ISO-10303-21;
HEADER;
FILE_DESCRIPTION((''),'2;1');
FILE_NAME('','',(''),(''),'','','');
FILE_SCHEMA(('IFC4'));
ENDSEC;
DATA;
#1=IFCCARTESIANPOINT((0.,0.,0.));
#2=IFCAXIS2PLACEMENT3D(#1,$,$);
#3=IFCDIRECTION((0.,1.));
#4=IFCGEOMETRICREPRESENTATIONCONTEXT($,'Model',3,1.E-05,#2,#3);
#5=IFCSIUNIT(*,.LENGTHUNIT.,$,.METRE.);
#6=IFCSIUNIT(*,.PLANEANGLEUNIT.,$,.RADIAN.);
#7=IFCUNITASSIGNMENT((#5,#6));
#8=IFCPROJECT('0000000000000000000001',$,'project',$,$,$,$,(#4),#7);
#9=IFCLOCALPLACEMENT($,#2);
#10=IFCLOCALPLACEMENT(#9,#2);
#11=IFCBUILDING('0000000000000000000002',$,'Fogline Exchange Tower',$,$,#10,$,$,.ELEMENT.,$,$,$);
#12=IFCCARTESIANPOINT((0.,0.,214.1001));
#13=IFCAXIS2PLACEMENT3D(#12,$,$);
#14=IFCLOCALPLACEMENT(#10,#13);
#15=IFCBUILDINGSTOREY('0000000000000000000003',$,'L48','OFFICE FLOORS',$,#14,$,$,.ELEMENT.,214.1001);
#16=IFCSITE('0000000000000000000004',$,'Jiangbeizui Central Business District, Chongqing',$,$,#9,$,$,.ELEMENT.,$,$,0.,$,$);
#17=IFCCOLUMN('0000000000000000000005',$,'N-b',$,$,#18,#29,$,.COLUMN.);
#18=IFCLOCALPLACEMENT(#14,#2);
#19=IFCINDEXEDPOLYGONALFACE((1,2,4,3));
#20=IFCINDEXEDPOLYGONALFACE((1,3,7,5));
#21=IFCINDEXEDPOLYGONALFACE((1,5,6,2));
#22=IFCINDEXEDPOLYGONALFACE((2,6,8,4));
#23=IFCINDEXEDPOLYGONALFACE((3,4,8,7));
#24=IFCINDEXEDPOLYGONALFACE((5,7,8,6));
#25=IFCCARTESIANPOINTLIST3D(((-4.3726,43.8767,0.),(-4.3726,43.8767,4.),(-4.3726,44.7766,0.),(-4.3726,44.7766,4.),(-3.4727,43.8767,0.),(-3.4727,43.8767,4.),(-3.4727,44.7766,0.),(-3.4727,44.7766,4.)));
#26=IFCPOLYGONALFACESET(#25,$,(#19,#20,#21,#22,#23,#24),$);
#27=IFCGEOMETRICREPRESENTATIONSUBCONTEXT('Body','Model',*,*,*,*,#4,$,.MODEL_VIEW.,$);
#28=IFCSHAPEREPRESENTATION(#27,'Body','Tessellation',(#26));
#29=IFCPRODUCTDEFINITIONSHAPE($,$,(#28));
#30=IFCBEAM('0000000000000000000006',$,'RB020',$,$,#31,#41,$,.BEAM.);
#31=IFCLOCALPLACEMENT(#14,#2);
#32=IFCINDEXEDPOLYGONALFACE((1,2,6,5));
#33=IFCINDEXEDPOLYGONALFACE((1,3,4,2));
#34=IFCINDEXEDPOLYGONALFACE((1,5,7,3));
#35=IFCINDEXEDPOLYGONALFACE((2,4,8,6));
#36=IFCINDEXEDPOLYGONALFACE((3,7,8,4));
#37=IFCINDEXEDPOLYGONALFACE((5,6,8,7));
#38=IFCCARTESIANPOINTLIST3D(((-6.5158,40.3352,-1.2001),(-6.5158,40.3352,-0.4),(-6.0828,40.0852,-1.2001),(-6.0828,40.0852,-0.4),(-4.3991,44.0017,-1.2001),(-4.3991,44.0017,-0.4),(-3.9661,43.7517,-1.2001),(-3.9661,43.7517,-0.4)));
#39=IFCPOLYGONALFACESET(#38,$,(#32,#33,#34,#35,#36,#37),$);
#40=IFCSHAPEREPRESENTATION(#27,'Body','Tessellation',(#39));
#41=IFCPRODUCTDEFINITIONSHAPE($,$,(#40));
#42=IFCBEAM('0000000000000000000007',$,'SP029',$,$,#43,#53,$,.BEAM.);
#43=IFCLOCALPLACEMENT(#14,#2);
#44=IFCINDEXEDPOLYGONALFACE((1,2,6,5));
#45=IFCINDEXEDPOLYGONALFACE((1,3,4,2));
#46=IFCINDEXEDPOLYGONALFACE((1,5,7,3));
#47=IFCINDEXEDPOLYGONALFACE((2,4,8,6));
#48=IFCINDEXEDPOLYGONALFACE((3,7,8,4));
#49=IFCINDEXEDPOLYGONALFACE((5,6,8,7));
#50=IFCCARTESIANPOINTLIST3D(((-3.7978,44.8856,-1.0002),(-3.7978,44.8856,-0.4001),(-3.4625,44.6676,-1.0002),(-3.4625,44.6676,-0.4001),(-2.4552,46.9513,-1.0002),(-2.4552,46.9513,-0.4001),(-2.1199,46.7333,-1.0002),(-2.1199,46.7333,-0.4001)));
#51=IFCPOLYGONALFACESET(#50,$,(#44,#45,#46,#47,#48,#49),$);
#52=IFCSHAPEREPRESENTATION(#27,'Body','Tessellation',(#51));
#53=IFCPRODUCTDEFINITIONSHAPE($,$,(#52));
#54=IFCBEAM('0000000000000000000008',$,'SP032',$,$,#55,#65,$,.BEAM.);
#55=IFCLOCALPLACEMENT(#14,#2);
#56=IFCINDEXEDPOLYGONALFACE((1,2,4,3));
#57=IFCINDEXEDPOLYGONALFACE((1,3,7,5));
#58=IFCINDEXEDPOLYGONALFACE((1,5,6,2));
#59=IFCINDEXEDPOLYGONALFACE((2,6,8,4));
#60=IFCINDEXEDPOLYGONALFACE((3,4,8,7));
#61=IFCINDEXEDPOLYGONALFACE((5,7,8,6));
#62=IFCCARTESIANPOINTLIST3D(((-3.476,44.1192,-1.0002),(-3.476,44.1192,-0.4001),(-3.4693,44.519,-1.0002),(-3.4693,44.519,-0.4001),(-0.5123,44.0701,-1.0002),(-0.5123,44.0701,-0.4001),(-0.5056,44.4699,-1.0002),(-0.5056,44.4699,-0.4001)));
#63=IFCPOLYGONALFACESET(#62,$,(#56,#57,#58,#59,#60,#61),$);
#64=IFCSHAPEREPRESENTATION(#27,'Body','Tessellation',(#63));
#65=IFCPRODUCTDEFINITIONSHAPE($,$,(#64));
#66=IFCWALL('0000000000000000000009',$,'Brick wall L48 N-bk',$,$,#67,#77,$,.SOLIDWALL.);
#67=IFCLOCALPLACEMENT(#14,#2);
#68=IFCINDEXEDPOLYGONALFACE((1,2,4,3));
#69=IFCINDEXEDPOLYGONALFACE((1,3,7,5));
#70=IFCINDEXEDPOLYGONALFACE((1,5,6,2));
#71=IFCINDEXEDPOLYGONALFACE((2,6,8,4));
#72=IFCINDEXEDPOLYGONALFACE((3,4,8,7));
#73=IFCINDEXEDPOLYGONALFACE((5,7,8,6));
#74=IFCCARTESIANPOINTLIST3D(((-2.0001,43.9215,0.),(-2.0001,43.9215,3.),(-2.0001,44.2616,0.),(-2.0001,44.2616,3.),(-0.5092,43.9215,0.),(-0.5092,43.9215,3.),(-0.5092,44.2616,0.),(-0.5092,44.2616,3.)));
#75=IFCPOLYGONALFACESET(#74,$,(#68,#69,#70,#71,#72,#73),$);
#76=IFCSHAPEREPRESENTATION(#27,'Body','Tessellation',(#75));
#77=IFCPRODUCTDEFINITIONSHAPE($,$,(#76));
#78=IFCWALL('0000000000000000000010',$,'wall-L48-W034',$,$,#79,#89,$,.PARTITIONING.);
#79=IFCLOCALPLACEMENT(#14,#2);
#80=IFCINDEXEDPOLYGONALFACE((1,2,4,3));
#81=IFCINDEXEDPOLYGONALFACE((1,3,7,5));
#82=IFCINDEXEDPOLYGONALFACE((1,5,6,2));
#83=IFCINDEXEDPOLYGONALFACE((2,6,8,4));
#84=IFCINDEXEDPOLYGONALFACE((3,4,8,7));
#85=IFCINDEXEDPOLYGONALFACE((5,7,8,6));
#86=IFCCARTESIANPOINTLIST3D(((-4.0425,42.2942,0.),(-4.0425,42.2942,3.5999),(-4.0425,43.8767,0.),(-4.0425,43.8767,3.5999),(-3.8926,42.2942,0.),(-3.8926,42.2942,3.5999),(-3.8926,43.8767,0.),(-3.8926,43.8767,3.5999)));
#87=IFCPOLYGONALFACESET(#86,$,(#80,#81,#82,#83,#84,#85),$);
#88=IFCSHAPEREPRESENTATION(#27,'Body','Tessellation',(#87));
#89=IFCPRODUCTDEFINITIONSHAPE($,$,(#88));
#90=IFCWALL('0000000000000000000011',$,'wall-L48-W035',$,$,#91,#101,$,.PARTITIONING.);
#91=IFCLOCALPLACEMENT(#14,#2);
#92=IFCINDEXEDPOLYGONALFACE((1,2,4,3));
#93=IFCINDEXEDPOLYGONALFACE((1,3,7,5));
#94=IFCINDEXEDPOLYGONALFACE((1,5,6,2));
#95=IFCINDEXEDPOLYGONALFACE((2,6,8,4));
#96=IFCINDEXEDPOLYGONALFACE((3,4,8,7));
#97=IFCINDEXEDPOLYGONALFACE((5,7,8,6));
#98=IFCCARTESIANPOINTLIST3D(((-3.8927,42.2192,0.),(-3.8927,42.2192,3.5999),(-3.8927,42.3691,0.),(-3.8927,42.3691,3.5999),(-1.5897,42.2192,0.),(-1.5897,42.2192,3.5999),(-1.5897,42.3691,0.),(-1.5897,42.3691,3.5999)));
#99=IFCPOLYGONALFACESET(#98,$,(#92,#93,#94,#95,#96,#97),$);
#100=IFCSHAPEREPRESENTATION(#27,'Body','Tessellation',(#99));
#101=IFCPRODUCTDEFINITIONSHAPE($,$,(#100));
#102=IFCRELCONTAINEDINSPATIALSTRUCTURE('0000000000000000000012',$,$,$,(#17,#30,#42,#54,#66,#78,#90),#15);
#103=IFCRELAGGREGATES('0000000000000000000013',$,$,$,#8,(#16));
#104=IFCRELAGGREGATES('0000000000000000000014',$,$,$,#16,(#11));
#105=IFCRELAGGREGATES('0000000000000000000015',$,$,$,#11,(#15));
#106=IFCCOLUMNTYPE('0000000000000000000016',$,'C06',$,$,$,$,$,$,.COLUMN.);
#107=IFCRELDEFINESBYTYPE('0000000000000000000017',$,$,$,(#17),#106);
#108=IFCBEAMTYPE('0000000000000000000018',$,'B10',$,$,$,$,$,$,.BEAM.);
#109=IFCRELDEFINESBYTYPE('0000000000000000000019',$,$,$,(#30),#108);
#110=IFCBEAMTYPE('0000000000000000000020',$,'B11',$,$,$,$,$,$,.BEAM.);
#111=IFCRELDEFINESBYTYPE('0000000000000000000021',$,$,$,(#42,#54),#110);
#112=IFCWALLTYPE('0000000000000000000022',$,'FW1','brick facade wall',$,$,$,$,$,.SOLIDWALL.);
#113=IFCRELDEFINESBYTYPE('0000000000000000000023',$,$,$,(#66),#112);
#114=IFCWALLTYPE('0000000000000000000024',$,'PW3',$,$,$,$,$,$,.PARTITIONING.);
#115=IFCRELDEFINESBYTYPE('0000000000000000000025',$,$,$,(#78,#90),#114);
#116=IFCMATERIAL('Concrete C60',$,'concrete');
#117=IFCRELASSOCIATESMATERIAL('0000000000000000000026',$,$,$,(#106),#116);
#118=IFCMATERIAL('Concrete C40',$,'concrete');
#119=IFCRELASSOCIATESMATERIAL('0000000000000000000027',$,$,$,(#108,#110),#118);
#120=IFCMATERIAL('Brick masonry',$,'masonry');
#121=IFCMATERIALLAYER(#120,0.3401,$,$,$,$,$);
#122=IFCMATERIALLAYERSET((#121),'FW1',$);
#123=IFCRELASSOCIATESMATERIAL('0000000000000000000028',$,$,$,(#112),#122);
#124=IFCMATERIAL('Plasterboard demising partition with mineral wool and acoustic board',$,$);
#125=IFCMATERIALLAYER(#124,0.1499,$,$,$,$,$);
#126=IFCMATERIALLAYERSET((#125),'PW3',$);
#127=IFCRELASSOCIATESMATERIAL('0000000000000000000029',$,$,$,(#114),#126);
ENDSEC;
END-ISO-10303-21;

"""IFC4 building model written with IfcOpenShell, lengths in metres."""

from ifc_helpers import new_model, si_unit, direction, frame, frame_2d, origin, origin_2d, place, context, subcontext, project, spatial, rectangle, extrude, material, layer, layer_set, material_profile, profile_set, type_object, element, save


model = new_model("IFC4")

# Units and contexts
model_context = context("Model", 3, precision=1e-05, world=origin(), true_north=direction((0.0, 1.0)))
body_context = subcontext(model_context, "Body", "Model", "MODEL_VIEW")
ifc_project = project(units=[si_unit("LENGTHUNIT", "METRE"), si_unit("PLANEANGLEUNIT", "RADIAN")], contexts=[model_context])

# Site, building, storey
site_placement = place(None, origin())
site = spatial("IfcSite", under=ifc_project, at=site_placement, Name="Jiangbeizui Central Business District, Chongqing", CompositionType="ELEMENT", RefElevation=0.0)
building_placement = place(site_placement, origin())
building = spatial("IfcBuilding", under=site, at=building_placement, Name="Fogline Exchange Tower", CompositionType="ELEMENT")
storey_placement = place(building_placement, frame((0.0, 0.0, 214.1001)))
storey = spatial("IfcBuildingStorey", under=building, at=storey_placement, Name="L48", Description="OFFICE FLOORS", CompositionType="ELEMENT", Elevation=214.1001)

# Column
ifc_material_1 = material(Name="Concrete C60", Category="concrete")
ifc_material_profile_1 = material_profile(ifc_material_1, rectangle(XDim=0.8999, YDim=0.8999, at=origin_2d()), Name="RC 900x900")
ifc_profile_set_1 = profile_set([ifc_material_profile_1], Name="Concrete C60")
column_type = type_object("IfcColumnType", Name="C06", PredefinedType="COLUMN", material=ifc_profile_set_1)
column_placement = place(storey_placement, frame((-3.9226, 44.3267, 0.0), z_axis=(0.0, 0.0, 1.0), x_axis=(1.0, 0.0, 0.0)))
element("IfcColumn", 1, at=column_placement, inside=storey, type_object=column_type, Name="N-b", PredefinedType="COLUMN", context=body_context, shape_type="SweptSolid", body=[
    extrude(rectangle(XDim=0.8999, YDim=0.8999, at=origin_2d()), origin(), (0.0, 0.0, 1.0), 4.0),
])

# Beams
ifc_material_2 = material(Name="Concrete C40", Category="concrete")
ifc_material_profile_2 = material_profile(ifc_material_2, rectangle(XDim=0.5, YDim=0.8, at=origin_2d()), Name="RC 500x800")
ifc_profile_set_2 = profile_set([ifc_material_profile_2], Name="Concrete C40")
beam_type_1 = type_object("IfcBeamType", Name="B10", PredefinedType="BEAM", material=ifc_profile_set_2)
beam_1_placement = place(storey_placement, frame((-4.1826, 43.8767, -0.8), z_axis=(-0.499972, -0.866042, 0.0), x_axis=(0.866042, -0.499972, 0.0)))
element("IfcBeam", 2, at=beam_1_placement, inside=storey, type_object=beam_type_1, Name="RB020", PredefinedType="BEAM", context=body_context, shape_type="SweptSolid", body=[
    extrude(rectangle(XDim=0.5, YDim=0.8, at=origin_2d()), origin(), (0.0, 0.0, 1.0), 4.2336),
])
ifc_material_profile_3 = material_profile(ifc_material_2, rectangle(XDim=0.3999, YDim=0.6001, at=origin_2d()), Name="RC 400x600")
ifc_profile_set_3 = profile_set([ifc_material_profile_3], Name="Concrete C40")
beam_type_2 = type_object("IfcBeamType", Name="B11", PredefinedType="BEAM", material=ifc_profile_set_3)
beam_2_placement = place(storey_placement, frame((-3.6301, 44.7766, -0.7002), z_axis=(0.544943, 0.838473, 0.0), x_axis=(-0.838473, 0.544943, 0.0)))
element("IfcBeam", 3, at=beam_2_placement, inside=storey, type_object=beam_type_2, Name="SP029", PredefinedType="BEAM", context=body_context, shape_type="SweptSolid", body=[
    extrude(rectangle(XDim=0.3999, YDim=0.6001, at=origin_2d()), origin(), (0.0, 0.0, 1.0), 2.4636),
])
beam_3_placement = place(storey_placement, frame((-3.4727, 44.3191, -0.7002), z_axis=(0.999863, -0.016556, 0.0), x_axis=(0.016556, 0.999863, 0.0)))
element("IfcBeam", 4, at=beam_3_placement, inside=storey, type_object=beam_type_2, Name="SP032", PredefinedType="BEAM", context=body_context, shape_type="SweptSolid", body=[
    extrude(rectangle(XDim=0.3999, YDim=0.6001, at=origin_2d()), origin(), (0.0, 0.0, 1.0), 2.9641),
])

# Wall
ifc_material_3 = material(Name="Brick masonry", Category="masonry")
ifc_layer_1 = layer(ifc_material_3, 0.3401)
ifc_layer_set_1 = layer_set([ifc_layer_1], Name="FW1")
wall_type_1 = type_object("IfcWallType", Name="FW1", Description="brick facade wall", PredefinedType="SOLIDWALL", material=ifc_layer_set_1)
wall_1_placement = place(storey_placement, frame((-0.509, 44.0916, 0.0), z_axis=(0.0, 0.0, 1.0), x_axis=(-1.0, 0.0, 0.0)))
element("IfcWall", 5, at=wall_1_placement, inside=storey, type_object=wall_type_1, Name="Brick wall L48 N-bk", PredefinedType="SOLIDWALL", context=body_context, shape_type="SweptSolid", body=[
    extrude(rectangle(XDim=1.491, YDim=0.3401, at=frame_2d((0.7456, 0.0))), origin(), (0.0, 0.0, 1.0), 3.0),
])

# Walls
ifc_material_4 = material(Name="Plasterboard demising partition with mineral wool and acoustic board")
ifc_layer_2 = layer(ifc_material_4, 0.1499)
ifc_layer_set_2 = layer_set([ifc_layer_2], Name="PW3")
wall_type_2 = type_object("IfcWallType", Name="PW3", PredefinedType="PARTITIONING", material=ifc_layer_set_2)
wall_2_placement = place(storey_placement, frame((-3.9675, 43.8767, 0.0), z_axis=(0.0, 0.0, 1.0), x_axis=(0.0, -1.0, 0.0)))
element("IfcWall", 6, at=wall_2_placement, inside=storey, type_object=wall_type_2, Name="wall-L48-W034", PredefinedType="PARTITIONING", context=body_context, shape_type="SweptSolid", body=[
    extrude(rectangle(XDim=1.5825, YDim=0.1499, at=frame_2d((0.7913, 0.0))), origin(), (0.0, 0.0, 1.0), 3.5999),
])
wall_3_placement = place(storey_placement, frame((-3.8926, 42.2942, 0.0), z_axis=(0.0, 0.0, 1.0), x_axis=(1.0, 0.0, 0.0)))
element("IfcWall", 7, at=wall_3_placement, inside=storey, type_object=wall_type_2, Name="wall-L48-W035", PredefinedType="PARTITIONING", context=body_context, shape_type="SweptSolid", body=[
    extrude(rectangle(XDim=2.303, YDim=0.1499, at=frame_2d((1.1514, 0.0))), origin(), (0.0, 0.0, 1.0), 3.5999),
])

save(model, "model.ifc")
